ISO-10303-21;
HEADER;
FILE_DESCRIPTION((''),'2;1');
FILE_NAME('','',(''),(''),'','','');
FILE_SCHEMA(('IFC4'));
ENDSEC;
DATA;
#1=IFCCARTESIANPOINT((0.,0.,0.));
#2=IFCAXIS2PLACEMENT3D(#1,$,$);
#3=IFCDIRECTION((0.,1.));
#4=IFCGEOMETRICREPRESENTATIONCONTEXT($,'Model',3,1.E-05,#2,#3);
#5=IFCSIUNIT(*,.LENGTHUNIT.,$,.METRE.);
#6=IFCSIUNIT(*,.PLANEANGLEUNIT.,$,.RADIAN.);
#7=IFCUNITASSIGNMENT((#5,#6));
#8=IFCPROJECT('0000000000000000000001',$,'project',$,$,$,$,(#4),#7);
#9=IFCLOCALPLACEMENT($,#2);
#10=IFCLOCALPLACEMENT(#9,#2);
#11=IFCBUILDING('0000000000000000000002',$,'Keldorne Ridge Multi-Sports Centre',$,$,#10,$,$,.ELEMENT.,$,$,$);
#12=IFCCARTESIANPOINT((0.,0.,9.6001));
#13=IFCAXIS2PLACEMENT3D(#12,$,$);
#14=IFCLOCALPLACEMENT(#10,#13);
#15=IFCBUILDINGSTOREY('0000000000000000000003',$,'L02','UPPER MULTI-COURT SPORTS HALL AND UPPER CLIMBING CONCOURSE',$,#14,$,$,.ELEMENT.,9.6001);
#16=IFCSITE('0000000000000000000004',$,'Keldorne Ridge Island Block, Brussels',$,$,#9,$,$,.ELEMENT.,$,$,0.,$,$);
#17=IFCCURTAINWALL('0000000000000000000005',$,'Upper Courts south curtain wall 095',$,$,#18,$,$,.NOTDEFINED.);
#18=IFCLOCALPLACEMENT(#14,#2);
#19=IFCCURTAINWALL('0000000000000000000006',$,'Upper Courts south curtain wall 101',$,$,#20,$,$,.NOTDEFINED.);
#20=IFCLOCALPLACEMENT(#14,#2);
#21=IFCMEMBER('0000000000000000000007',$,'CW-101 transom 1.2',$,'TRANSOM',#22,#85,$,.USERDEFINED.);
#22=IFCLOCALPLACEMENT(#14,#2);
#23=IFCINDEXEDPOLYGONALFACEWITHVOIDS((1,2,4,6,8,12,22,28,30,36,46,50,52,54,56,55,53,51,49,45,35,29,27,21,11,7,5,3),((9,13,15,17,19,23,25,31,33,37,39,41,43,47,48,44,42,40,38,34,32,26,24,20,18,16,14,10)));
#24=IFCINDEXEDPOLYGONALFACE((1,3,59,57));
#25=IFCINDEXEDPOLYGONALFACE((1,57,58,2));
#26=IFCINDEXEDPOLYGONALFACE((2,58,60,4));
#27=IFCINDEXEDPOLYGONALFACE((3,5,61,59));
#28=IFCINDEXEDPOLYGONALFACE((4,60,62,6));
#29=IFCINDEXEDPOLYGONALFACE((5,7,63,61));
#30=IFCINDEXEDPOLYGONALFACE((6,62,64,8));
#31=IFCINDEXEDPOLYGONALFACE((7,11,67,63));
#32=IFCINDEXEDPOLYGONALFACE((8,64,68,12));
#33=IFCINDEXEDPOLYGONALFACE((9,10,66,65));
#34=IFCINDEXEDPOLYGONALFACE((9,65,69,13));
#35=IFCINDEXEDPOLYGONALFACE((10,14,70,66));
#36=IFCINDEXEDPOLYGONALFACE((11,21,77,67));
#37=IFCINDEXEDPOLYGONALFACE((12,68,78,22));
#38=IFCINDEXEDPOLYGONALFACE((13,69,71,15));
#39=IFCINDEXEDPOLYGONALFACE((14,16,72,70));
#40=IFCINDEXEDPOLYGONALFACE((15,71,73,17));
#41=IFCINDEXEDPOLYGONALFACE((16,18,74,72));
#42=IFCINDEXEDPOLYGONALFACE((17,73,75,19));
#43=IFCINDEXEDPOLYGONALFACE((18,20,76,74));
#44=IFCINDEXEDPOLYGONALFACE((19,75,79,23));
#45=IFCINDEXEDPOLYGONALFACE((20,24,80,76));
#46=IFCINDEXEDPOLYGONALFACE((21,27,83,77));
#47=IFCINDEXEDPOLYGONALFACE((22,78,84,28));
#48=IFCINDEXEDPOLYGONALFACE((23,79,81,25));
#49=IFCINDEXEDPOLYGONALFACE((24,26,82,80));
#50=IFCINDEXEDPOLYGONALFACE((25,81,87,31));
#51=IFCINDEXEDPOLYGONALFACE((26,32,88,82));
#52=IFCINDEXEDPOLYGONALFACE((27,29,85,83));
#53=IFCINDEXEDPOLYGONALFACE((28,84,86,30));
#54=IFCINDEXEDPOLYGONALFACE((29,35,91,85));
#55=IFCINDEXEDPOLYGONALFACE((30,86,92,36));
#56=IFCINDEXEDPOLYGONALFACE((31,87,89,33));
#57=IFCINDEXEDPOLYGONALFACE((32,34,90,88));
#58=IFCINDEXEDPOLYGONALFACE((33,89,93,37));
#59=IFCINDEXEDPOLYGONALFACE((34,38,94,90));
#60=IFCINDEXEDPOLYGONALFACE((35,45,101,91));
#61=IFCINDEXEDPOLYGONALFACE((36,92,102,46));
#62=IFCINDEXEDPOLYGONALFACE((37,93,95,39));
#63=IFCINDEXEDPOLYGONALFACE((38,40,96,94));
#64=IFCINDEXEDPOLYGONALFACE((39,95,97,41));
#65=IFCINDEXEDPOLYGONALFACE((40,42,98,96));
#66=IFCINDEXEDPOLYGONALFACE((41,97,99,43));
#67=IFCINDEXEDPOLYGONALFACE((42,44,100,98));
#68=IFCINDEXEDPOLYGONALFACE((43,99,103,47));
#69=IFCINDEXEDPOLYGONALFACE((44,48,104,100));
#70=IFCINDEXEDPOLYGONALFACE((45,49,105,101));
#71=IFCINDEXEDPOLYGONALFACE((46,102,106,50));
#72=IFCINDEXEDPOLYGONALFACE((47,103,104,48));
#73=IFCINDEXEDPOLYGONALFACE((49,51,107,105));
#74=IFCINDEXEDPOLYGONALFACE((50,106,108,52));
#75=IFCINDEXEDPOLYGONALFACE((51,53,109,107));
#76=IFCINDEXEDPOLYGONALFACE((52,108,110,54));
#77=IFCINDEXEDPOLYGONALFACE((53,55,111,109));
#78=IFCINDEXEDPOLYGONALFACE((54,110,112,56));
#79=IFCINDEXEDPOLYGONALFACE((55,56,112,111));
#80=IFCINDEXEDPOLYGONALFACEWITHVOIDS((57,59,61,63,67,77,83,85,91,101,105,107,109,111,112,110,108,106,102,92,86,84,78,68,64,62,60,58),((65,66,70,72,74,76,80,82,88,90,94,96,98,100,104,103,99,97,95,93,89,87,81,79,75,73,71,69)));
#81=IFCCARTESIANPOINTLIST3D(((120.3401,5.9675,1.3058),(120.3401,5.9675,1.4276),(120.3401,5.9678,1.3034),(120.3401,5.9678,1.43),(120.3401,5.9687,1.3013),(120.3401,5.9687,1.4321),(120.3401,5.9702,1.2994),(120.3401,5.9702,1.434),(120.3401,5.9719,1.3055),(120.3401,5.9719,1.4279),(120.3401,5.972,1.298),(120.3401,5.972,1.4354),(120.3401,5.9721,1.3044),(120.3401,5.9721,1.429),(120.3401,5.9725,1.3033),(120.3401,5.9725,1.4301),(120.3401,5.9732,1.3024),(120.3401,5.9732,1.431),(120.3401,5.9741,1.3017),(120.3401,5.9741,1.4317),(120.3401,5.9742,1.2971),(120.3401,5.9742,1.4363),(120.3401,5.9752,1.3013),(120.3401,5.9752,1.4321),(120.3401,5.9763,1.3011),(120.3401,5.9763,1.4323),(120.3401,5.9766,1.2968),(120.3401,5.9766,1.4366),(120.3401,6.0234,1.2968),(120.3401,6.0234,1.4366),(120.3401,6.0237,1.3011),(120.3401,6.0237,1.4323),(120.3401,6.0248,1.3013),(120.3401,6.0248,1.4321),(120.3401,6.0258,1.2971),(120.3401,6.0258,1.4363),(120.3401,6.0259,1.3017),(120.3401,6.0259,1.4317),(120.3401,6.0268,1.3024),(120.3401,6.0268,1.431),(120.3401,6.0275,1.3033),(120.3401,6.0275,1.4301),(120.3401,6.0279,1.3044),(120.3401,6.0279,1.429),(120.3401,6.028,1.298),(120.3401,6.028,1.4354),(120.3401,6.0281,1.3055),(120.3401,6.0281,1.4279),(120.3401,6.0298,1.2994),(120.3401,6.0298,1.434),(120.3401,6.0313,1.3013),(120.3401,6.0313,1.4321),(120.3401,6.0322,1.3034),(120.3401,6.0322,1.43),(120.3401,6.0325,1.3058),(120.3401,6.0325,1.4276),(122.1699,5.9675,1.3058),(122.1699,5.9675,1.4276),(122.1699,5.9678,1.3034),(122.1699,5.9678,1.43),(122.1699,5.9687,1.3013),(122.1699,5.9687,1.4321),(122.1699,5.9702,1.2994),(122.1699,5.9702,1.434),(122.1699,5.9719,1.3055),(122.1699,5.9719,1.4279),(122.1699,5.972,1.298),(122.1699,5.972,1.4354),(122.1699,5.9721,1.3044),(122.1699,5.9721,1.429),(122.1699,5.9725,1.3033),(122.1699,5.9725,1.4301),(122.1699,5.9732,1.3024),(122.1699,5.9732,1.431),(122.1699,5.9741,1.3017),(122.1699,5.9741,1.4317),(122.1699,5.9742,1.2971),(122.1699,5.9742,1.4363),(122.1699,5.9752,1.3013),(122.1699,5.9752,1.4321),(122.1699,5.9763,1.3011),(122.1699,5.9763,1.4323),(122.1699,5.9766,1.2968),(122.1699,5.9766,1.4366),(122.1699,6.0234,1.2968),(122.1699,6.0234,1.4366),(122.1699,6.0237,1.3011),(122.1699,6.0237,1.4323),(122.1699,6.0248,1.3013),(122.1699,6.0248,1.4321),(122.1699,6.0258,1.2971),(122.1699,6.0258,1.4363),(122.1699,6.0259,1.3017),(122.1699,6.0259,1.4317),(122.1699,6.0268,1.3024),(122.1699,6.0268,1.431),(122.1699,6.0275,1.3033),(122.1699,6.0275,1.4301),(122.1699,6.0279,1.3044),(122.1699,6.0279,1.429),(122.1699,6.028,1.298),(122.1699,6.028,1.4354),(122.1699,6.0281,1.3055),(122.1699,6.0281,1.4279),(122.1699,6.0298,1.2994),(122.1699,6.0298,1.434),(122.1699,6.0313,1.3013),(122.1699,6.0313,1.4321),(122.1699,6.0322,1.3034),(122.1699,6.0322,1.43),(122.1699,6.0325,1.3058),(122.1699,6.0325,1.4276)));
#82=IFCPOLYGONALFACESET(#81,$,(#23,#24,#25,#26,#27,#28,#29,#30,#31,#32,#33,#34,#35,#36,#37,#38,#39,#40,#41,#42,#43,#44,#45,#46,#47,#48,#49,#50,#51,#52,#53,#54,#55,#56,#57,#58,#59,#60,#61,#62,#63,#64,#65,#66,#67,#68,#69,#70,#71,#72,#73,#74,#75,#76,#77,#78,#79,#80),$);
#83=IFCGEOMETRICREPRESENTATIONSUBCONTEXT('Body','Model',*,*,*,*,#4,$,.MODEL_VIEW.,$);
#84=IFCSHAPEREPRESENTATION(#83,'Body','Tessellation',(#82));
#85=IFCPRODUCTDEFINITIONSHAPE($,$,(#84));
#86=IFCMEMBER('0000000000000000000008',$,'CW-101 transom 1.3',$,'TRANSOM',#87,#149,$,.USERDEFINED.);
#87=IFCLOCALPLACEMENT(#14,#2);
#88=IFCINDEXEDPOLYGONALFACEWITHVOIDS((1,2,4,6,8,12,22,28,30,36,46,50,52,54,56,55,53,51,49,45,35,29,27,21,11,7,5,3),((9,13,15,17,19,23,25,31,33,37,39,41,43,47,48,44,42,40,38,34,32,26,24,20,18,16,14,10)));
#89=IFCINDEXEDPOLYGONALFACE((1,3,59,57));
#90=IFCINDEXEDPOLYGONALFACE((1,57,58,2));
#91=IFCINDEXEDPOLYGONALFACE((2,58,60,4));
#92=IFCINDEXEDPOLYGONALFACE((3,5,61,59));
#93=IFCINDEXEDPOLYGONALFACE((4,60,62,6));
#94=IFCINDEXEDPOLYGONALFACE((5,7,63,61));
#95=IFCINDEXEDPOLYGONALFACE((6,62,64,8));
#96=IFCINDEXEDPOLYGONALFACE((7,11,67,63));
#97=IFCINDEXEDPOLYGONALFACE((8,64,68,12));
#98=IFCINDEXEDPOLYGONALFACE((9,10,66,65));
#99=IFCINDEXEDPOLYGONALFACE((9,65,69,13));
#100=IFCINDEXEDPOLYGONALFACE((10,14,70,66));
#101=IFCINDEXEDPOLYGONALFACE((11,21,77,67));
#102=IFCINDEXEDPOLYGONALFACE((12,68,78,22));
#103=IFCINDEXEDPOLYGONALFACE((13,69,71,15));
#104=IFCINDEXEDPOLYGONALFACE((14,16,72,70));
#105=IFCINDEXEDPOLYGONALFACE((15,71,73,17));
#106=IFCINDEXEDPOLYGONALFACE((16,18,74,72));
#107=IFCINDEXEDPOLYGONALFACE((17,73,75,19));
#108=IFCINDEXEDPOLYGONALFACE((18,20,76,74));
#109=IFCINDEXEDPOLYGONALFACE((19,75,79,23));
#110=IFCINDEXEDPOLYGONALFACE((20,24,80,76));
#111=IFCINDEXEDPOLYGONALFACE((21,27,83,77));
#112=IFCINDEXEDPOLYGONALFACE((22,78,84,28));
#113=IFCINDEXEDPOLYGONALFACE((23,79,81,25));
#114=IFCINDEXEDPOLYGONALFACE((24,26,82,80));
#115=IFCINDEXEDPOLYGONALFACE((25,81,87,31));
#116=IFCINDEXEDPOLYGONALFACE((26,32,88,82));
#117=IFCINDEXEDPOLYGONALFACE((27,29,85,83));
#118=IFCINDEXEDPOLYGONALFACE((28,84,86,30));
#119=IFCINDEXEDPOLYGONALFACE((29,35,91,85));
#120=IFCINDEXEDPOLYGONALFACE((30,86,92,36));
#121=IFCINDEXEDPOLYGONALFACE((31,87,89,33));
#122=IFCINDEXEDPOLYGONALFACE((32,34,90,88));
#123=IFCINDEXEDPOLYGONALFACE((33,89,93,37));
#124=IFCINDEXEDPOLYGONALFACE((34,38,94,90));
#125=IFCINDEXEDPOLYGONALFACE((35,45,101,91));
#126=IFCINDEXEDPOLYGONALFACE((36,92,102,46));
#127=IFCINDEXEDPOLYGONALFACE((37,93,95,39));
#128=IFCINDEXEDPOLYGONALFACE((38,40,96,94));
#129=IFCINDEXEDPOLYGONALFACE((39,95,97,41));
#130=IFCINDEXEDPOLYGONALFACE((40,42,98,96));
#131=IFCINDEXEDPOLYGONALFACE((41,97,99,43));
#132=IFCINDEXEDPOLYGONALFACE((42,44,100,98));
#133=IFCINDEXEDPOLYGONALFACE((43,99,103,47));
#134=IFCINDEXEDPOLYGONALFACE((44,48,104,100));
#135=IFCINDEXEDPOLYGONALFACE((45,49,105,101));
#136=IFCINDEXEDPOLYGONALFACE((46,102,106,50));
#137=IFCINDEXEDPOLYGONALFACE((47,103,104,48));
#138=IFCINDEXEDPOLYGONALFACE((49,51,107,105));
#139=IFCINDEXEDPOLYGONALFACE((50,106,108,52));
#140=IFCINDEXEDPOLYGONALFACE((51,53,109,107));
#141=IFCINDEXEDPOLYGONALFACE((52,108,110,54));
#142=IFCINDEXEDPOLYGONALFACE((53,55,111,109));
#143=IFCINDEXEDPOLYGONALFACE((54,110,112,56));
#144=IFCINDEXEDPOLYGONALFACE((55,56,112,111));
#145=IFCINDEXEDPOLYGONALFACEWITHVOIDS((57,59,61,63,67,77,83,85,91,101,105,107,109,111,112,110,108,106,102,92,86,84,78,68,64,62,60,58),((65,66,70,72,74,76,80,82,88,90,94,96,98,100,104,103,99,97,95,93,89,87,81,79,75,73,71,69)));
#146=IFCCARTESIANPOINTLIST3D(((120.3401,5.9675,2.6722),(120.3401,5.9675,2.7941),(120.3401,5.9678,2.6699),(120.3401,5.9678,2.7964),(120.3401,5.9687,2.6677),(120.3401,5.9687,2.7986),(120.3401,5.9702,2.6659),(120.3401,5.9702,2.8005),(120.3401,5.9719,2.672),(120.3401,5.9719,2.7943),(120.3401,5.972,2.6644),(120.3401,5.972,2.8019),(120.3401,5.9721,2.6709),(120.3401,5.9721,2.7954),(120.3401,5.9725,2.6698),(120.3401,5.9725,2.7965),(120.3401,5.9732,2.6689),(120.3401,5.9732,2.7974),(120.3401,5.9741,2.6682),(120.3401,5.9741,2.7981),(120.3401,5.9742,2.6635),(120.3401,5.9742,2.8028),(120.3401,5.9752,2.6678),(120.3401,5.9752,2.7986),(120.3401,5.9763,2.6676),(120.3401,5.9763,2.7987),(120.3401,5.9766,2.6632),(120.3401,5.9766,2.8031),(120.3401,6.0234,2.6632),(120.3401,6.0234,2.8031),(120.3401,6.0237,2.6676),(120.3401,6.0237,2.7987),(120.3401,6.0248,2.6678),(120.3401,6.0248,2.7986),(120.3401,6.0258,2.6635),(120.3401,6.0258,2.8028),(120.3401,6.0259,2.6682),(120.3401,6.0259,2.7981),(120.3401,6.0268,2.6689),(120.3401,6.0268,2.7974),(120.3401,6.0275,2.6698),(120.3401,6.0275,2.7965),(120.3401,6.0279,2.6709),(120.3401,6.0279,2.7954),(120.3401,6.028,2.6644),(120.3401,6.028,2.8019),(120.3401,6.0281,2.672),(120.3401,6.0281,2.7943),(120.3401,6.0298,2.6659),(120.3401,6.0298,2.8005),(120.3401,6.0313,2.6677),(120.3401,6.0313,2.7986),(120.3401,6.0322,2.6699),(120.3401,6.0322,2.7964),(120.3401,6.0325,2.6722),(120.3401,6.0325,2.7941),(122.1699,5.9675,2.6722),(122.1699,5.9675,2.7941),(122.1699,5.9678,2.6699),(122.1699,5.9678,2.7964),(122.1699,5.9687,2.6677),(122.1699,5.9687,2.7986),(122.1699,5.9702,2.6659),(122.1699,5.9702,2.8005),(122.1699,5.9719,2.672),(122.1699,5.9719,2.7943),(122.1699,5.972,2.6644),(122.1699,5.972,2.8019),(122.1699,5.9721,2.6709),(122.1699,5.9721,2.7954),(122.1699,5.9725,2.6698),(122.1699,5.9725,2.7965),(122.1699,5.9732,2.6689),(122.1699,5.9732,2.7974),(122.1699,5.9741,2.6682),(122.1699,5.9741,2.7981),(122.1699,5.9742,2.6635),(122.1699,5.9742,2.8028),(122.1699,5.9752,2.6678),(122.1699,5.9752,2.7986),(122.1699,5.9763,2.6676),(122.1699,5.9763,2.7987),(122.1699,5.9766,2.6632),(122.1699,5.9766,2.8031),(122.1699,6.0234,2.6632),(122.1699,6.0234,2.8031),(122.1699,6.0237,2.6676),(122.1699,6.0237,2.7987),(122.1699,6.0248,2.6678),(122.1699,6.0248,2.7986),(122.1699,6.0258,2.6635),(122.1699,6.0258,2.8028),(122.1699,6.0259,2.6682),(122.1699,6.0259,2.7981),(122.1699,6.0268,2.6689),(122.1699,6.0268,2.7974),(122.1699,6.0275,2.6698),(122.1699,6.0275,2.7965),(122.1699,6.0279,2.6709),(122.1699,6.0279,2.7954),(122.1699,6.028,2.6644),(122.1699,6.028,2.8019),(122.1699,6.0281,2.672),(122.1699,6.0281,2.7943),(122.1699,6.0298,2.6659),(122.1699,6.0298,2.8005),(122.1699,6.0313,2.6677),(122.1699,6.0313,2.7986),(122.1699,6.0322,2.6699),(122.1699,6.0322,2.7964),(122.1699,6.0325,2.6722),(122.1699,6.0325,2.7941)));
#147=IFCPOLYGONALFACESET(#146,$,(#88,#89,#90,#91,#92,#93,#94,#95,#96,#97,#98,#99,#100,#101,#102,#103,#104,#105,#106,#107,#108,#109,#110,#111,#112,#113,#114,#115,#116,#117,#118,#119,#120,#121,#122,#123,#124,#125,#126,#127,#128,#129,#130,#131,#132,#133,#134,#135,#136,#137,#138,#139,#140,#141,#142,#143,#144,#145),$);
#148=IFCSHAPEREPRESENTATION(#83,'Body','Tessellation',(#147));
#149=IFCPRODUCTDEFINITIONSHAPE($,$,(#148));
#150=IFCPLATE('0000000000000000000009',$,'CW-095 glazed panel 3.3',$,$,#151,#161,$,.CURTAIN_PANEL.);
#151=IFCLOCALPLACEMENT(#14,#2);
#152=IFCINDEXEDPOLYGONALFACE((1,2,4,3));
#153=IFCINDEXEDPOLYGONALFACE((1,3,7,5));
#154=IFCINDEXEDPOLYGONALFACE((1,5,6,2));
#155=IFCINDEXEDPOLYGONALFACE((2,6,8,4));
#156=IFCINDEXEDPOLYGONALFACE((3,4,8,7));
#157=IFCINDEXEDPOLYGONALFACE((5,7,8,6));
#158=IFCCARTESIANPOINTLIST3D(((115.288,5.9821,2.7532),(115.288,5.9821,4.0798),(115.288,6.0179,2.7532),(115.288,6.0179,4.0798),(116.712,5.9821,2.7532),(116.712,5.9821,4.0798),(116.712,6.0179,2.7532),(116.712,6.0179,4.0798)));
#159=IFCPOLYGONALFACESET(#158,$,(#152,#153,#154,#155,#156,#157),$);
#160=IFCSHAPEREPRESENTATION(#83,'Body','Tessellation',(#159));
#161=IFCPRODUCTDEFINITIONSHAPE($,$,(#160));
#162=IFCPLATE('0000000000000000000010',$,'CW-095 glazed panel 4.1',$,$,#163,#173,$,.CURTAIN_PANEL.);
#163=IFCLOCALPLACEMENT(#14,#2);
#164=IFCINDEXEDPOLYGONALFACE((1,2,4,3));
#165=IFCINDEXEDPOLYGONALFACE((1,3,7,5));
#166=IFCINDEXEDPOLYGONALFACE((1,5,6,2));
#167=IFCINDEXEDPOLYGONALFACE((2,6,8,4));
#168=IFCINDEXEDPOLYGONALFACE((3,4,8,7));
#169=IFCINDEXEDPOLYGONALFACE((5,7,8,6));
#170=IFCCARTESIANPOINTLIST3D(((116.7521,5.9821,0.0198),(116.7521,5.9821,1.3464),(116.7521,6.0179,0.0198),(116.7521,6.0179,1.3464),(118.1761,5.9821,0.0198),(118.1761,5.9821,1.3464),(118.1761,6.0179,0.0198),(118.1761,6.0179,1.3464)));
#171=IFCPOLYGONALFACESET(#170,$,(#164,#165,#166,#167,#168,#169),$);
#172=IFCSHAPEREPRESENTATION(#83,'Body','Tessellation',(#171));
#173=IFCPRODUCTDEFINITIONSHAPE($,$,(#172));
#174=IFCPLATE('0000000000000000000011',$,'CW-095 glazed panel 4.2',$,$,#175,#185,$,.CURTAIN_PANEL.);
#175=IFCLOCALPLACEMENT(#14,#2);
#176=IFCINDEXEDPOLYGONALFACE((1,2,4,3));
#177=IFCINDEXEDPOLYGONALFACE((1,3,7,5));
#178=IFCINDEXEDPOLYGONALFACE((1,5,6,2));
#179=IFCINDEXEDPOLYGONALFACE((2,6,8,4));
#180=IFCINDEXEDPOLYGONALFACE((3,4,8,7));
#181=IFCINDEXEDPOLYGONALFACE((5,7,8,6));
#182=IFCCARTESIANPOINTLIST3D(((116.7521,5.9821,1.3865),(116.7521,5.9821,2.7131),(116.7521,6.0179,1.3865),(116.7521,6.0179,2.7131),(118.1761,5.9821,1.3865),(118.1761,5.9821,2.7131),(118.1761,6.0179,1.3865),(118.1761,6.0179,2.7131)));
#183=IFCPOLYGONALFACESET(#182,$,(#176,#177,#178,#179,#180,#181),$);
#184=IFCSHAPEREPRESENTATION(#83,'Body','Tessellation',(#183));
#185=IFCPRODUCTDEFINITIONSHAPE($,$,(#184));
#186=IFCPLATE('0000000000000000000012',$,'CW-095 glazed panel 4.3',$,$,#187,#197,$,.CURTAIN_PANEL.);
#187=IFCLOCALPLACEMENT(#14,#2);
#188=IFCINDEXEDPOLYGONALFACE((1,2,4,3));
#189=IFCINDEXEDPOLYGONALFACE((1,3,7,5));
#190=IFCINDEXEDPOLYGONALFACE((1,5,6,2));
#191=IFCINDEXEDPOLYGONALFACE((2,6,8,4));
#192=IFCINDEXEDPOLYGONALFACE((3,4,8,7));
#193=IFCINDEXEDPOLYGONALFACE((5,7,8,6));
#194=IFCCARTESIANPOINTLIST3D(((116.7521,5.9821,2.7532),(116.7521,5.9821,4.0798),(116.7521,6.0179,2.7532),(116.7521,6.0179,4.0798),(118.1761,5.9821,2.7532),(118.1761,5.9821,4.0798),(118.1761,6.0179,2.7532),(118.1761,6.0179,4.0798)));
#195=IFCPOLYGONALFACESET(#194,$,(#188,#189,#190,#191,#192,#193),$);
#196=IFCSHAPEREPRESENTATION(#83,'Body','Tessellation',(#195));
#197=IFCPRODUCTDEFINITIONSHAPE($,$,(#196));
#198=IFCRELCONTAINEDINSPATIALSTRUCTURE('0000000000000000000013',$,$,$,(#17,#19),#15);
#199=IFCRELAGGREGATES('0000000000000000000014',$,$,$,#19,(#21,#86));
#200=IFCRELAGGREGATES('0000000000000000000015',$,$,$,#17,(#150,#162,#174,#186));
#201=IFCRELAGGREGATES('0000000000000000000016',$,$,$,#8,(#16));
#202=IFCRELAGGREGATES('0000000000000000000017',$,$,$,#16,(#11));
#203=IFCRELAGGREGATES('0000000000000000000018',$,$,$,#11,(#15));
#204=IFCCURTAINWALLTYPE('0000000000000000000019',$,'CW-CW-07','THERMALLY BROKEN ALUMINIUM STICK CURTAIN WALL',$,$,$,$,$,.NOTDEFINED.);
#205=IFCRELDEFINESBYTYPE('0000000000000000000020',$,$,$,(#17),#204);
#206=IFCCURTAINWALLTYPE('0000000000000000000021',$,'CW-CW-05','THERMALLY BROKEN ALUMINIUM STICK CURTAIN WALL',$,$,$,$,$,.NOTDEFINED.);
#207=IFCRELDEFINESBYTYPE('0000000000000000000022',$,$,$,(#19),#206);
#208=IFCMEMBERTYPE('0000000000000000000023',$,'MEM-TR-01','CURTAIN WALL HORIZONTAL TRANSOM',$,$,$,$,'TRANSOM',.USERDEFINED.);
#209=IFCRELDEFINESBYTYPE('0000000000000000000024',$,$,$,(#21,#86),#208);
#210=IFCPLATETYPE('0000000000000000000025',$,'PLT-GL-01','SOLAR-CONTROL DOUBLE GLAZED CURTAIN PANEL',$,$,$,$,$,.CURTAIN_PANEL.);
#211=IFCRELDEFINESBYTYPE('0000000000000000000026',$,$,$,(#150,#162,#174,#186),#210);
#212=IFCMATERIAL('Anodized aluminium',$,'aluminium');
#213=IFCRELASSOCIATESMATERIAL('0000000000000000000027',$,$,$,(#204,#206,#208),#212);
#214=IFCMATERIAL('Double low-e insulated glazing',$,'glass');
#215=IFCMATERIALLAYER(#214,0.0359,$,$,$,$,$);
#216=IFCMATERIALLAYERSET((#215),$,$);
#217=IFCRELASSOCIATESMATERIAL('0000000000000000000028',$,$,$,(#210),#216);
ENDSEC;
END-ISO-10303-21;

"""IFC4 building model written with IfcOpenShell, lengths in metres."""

from ifc_helpers import new_model, si_unit, direction, frame, origin, origin_2d, place, context, subcontext, project, spatial, rectangle, hollow_rectangle, extrude, material, layer, layer_set, material_profile, profile_set, type_object, element, aggregate, save


model = new_model("IFC4")

# Units and contexts
model_context = context("Model", 3, precision=1e-05, world=origin(), true_north=direction((0.0, 1.0)))
body_context = subcontext(model_context, "Body", "Model", "MODEL_VIEW")
ifc_project = project(units=[si_unit("LENGTHUNIT", "METRE"), si_unit("PLANEANGLEUNIT", "RADIAN")], contexts=[model_context])

# Site, building, storey
site_placement = place(None, origin())
site = spatial("IfcSite", under=ifc_project, at=site_placement, Name="Keldorne Ridge Island Block, Brussels", CompositionType="ELEMENT", RefElevation=0.0)
building_placement = place(site_placement, origin())
building = spatial("IfcBuilding", under=site, at=building_placement, Name="Keldorne Ridge Multi-Sports Centre", CompositionType="ELEMENT")
storey_placement = place(building_placement, frame((0.0, 0.0, 9.6001)))
storey = spatial("IfcBuildingStorey", under=building, at=storey_placement, Name="L02", Description="UPPER MULTI-COURT SPORTS HALL AND UPPER CLIMBING CONCOURSE", CompositionType="ELEMENT", Elevation=9.6001)

# Curtain wall
ifc_material_1 = material(Name="Anodized aluminium", Category="aluminium")
curtain_wall_type_1 = type_object("IfcCurtainWallType", Name="CW-CW-07", Description="THERMALLY BROKEN ALUMINIUM STICK CURTAIN WALL", PredefinedType="NOTDEFINED", material=ifc_material_1)
curtain_wall_1_placement = place(storey_placement, origin())
curtain_wall_1 = element("IfcCurtainWall", 1, at=curtain_wall_1_placement, inside=storey, type_object=curtain_wall_type_1, Name="Upper Courts south curtain wall 095", PredefinedType="NOTDEFINED")

# Curtain wall
curtain_wall_type_2 = type_object("IfcCurtainWallType", Name="CW-CW-05", Description="THERMALLY BROKEN ALUMINIUM STICK CURTAIN WALL", PredefinedType="NOTDEFINED", material=ifc_material_1)
curtain_wall_2_placement = place(storey_placement, origin())
curtain_wall_2 = element("IfcCurtainWall", 2, at=curtain_wall_2_placement, inside=storey, type_object=curtain_wall_type_2, Name="Upper Courts south curtain wall 101", PredefinedType="NOTDEFINED")

# Members
ifc_material_profile_1 = material_profile(ifc_material_1, hollow_rectangle(XDim=0.0649, YDim=0.1399, WallThickness=0.0044, InnerFilletRadius=0.0044, OuterFilletRadius=0.009, at=origin_2d()), Name="ALU TRANSOM 140x65x4.5")
ifc_profile_set_1 = profile_set([ifc_material_profile_1], Name="Anodized aluminium")
member_type_1 = type_object("IfcMemberType", Name="MEM-TR-01", Description="CURTAIN WALL HORIZONTAL TRANSOM", ElementType="TRANSOM", PredefinedType="USERDEFINED", material=ifc_profile_set_1)
member_1_placement = place(storey_placement, frame((120.3401, 6.0, 1.3667), z_axis=(1.0, 0.0, 0.0), x_axis=(0.0, 1.0, 0.0)))
member_1 = element("IfcMember", 3, at=member_1_placement, type_object=member_type_1, Name="CW-101 transom 1.2", ObjectType="TRANSOM", PredefinedType="USERDEFINED", context=body_context, shape_type="SweptSolid", body=[
    extrude(hollow_rectangle(XDim=0.0649, YDim=0.1399, WallThickness=0.0044, InnerFilletRadius=0.0044, OuterFilletRadius=0.009, at=origin_2d()), origin(), (0.0, 0.0, 1.0), 1.8298),
])
member_2_placement = place(storey_placement, frame((120.3401, 6.0, 2.7332), z_axis=(1.0, 0.0, 0.0), x_axis=(0.0, 1.0, 0.0)))
member_2 = element("IfcMember", 4, at=member_2_placement, type_object=member_type_1, Name="CW-101 transom 1.3", ObjectType="TRANSOM", PredefinedType="USERDEFINED", context=body_context, shape_type="SweptSolid", body=[
    extrude(hollow_rectangle(XDim=0.0649, YDim=0.1399, WallThickness=0.0044, InnerFilletRadius=0.0044, OuterFilletRadius=0.009, at=origin_2d()), origin(), (0.0, 0.0, 1.0), 1.8298),
])
aggregate(curtain_wall_2, [member_1, member_2])

# Plates
ifc_material_2 = material(Name="Double low-e insulated glazing", Category="glass")
ifc_layer = layer(ifc_material_2, 0.0359)
ifc_layer_set = layer_set([ifc_layer])
plate_type = type_object("IfcPlateType", Name="PLT-GL-01", Description="SOLAR-CONTROL DOUBLE GLAZED CURTAIN PANEL", PredefinedType="CURTAIN_PANEL", material=ifc_layer_set)
plate_1_placement = place(storey_placement, frame((116.0, 6.0, 2.7532), z_axis=(0.0, 0.0, 1.0), x_axis=(1.0, 0.0, 0.0)))
plate_1 = element("IfcPlate", 5, at=plate_1_placement, type_object=plate_type, Name="CW-095 glazed panel 3.3", PredefinedType="CURTAIN_PANEL", context=body_context, shape_type="SweptSolid", body=[
    extrude(rectangle(XDim=1.4241, YDim=0.0359, at=origin_2d()), origin(), (0.0, 0.0, 1.0), 1.3267),
])
plate_2_placement = place(storey_placement, frame((117.4641, 6.0, 0.0198), z_axis=(0.0, 0.0, 1.0), x_axis=(1.0, 0.0, 0.0)))
plate_2 = element("IfcPlate", 6, at=plate_2_placement, type_object=plate_type, Name="CW-095 glazed panel 4.1", PredefinedType="CURTAIN_PANEL", context=body_context, shape_type="SweptSolid", body=[
    extrude(rectangle(XDim=1.4241, YDim=0.0359, at=origin_2d()), origin(), (0.0, 0.0, 1.0), 1.3267),
])
plate_3_placement = place(storey_placement, frame((117.4641, 6.0, 1.3865), z_axis=(0.0, 0.0, 1.0), x_axis=(1.0, 0.0, 0.0)))
plate_3 = element("IfcPlate", 7, at=plate_3_placement, type_object=plate_type, Name="CW-095 glazed panel 4.2", PredefinedType="CURTAIN_PANEL", context=body_context, shape_type="SweptSolid", body=[
    extrude(rectangle(XDim=1.4241, YDim=0.0359, at=origin_2d()), origin(), (0.0, 0.0, 1.0), 1.3267),
])
plate_4_placement = place(storey_placement, frame((117.4641, 6.0, 2.7532), z_axis=(0.0, 0.0, 1.0), x_axis=(1.0, 0.0, 0.0)))
plate_4 = element("IfcPlate", 8, at=plate_4_placement, type_object=plate_type, Name="CW-095 glazed panel 4.3", PredefinedType="CURTAIN_PANEL", context=body_context, shape_type="SweptSolid", body=[
    extrude(rectangle(XDim=1.4241, YDim=0.0359, at=origin_2d()), origin(), (0.0, 0.0, 1.0), 1.3267),
])
aggregate(curtain_wall_1, [plate_1, plate_2, plate_3, plate_4])

save(model, "model.ifc")
